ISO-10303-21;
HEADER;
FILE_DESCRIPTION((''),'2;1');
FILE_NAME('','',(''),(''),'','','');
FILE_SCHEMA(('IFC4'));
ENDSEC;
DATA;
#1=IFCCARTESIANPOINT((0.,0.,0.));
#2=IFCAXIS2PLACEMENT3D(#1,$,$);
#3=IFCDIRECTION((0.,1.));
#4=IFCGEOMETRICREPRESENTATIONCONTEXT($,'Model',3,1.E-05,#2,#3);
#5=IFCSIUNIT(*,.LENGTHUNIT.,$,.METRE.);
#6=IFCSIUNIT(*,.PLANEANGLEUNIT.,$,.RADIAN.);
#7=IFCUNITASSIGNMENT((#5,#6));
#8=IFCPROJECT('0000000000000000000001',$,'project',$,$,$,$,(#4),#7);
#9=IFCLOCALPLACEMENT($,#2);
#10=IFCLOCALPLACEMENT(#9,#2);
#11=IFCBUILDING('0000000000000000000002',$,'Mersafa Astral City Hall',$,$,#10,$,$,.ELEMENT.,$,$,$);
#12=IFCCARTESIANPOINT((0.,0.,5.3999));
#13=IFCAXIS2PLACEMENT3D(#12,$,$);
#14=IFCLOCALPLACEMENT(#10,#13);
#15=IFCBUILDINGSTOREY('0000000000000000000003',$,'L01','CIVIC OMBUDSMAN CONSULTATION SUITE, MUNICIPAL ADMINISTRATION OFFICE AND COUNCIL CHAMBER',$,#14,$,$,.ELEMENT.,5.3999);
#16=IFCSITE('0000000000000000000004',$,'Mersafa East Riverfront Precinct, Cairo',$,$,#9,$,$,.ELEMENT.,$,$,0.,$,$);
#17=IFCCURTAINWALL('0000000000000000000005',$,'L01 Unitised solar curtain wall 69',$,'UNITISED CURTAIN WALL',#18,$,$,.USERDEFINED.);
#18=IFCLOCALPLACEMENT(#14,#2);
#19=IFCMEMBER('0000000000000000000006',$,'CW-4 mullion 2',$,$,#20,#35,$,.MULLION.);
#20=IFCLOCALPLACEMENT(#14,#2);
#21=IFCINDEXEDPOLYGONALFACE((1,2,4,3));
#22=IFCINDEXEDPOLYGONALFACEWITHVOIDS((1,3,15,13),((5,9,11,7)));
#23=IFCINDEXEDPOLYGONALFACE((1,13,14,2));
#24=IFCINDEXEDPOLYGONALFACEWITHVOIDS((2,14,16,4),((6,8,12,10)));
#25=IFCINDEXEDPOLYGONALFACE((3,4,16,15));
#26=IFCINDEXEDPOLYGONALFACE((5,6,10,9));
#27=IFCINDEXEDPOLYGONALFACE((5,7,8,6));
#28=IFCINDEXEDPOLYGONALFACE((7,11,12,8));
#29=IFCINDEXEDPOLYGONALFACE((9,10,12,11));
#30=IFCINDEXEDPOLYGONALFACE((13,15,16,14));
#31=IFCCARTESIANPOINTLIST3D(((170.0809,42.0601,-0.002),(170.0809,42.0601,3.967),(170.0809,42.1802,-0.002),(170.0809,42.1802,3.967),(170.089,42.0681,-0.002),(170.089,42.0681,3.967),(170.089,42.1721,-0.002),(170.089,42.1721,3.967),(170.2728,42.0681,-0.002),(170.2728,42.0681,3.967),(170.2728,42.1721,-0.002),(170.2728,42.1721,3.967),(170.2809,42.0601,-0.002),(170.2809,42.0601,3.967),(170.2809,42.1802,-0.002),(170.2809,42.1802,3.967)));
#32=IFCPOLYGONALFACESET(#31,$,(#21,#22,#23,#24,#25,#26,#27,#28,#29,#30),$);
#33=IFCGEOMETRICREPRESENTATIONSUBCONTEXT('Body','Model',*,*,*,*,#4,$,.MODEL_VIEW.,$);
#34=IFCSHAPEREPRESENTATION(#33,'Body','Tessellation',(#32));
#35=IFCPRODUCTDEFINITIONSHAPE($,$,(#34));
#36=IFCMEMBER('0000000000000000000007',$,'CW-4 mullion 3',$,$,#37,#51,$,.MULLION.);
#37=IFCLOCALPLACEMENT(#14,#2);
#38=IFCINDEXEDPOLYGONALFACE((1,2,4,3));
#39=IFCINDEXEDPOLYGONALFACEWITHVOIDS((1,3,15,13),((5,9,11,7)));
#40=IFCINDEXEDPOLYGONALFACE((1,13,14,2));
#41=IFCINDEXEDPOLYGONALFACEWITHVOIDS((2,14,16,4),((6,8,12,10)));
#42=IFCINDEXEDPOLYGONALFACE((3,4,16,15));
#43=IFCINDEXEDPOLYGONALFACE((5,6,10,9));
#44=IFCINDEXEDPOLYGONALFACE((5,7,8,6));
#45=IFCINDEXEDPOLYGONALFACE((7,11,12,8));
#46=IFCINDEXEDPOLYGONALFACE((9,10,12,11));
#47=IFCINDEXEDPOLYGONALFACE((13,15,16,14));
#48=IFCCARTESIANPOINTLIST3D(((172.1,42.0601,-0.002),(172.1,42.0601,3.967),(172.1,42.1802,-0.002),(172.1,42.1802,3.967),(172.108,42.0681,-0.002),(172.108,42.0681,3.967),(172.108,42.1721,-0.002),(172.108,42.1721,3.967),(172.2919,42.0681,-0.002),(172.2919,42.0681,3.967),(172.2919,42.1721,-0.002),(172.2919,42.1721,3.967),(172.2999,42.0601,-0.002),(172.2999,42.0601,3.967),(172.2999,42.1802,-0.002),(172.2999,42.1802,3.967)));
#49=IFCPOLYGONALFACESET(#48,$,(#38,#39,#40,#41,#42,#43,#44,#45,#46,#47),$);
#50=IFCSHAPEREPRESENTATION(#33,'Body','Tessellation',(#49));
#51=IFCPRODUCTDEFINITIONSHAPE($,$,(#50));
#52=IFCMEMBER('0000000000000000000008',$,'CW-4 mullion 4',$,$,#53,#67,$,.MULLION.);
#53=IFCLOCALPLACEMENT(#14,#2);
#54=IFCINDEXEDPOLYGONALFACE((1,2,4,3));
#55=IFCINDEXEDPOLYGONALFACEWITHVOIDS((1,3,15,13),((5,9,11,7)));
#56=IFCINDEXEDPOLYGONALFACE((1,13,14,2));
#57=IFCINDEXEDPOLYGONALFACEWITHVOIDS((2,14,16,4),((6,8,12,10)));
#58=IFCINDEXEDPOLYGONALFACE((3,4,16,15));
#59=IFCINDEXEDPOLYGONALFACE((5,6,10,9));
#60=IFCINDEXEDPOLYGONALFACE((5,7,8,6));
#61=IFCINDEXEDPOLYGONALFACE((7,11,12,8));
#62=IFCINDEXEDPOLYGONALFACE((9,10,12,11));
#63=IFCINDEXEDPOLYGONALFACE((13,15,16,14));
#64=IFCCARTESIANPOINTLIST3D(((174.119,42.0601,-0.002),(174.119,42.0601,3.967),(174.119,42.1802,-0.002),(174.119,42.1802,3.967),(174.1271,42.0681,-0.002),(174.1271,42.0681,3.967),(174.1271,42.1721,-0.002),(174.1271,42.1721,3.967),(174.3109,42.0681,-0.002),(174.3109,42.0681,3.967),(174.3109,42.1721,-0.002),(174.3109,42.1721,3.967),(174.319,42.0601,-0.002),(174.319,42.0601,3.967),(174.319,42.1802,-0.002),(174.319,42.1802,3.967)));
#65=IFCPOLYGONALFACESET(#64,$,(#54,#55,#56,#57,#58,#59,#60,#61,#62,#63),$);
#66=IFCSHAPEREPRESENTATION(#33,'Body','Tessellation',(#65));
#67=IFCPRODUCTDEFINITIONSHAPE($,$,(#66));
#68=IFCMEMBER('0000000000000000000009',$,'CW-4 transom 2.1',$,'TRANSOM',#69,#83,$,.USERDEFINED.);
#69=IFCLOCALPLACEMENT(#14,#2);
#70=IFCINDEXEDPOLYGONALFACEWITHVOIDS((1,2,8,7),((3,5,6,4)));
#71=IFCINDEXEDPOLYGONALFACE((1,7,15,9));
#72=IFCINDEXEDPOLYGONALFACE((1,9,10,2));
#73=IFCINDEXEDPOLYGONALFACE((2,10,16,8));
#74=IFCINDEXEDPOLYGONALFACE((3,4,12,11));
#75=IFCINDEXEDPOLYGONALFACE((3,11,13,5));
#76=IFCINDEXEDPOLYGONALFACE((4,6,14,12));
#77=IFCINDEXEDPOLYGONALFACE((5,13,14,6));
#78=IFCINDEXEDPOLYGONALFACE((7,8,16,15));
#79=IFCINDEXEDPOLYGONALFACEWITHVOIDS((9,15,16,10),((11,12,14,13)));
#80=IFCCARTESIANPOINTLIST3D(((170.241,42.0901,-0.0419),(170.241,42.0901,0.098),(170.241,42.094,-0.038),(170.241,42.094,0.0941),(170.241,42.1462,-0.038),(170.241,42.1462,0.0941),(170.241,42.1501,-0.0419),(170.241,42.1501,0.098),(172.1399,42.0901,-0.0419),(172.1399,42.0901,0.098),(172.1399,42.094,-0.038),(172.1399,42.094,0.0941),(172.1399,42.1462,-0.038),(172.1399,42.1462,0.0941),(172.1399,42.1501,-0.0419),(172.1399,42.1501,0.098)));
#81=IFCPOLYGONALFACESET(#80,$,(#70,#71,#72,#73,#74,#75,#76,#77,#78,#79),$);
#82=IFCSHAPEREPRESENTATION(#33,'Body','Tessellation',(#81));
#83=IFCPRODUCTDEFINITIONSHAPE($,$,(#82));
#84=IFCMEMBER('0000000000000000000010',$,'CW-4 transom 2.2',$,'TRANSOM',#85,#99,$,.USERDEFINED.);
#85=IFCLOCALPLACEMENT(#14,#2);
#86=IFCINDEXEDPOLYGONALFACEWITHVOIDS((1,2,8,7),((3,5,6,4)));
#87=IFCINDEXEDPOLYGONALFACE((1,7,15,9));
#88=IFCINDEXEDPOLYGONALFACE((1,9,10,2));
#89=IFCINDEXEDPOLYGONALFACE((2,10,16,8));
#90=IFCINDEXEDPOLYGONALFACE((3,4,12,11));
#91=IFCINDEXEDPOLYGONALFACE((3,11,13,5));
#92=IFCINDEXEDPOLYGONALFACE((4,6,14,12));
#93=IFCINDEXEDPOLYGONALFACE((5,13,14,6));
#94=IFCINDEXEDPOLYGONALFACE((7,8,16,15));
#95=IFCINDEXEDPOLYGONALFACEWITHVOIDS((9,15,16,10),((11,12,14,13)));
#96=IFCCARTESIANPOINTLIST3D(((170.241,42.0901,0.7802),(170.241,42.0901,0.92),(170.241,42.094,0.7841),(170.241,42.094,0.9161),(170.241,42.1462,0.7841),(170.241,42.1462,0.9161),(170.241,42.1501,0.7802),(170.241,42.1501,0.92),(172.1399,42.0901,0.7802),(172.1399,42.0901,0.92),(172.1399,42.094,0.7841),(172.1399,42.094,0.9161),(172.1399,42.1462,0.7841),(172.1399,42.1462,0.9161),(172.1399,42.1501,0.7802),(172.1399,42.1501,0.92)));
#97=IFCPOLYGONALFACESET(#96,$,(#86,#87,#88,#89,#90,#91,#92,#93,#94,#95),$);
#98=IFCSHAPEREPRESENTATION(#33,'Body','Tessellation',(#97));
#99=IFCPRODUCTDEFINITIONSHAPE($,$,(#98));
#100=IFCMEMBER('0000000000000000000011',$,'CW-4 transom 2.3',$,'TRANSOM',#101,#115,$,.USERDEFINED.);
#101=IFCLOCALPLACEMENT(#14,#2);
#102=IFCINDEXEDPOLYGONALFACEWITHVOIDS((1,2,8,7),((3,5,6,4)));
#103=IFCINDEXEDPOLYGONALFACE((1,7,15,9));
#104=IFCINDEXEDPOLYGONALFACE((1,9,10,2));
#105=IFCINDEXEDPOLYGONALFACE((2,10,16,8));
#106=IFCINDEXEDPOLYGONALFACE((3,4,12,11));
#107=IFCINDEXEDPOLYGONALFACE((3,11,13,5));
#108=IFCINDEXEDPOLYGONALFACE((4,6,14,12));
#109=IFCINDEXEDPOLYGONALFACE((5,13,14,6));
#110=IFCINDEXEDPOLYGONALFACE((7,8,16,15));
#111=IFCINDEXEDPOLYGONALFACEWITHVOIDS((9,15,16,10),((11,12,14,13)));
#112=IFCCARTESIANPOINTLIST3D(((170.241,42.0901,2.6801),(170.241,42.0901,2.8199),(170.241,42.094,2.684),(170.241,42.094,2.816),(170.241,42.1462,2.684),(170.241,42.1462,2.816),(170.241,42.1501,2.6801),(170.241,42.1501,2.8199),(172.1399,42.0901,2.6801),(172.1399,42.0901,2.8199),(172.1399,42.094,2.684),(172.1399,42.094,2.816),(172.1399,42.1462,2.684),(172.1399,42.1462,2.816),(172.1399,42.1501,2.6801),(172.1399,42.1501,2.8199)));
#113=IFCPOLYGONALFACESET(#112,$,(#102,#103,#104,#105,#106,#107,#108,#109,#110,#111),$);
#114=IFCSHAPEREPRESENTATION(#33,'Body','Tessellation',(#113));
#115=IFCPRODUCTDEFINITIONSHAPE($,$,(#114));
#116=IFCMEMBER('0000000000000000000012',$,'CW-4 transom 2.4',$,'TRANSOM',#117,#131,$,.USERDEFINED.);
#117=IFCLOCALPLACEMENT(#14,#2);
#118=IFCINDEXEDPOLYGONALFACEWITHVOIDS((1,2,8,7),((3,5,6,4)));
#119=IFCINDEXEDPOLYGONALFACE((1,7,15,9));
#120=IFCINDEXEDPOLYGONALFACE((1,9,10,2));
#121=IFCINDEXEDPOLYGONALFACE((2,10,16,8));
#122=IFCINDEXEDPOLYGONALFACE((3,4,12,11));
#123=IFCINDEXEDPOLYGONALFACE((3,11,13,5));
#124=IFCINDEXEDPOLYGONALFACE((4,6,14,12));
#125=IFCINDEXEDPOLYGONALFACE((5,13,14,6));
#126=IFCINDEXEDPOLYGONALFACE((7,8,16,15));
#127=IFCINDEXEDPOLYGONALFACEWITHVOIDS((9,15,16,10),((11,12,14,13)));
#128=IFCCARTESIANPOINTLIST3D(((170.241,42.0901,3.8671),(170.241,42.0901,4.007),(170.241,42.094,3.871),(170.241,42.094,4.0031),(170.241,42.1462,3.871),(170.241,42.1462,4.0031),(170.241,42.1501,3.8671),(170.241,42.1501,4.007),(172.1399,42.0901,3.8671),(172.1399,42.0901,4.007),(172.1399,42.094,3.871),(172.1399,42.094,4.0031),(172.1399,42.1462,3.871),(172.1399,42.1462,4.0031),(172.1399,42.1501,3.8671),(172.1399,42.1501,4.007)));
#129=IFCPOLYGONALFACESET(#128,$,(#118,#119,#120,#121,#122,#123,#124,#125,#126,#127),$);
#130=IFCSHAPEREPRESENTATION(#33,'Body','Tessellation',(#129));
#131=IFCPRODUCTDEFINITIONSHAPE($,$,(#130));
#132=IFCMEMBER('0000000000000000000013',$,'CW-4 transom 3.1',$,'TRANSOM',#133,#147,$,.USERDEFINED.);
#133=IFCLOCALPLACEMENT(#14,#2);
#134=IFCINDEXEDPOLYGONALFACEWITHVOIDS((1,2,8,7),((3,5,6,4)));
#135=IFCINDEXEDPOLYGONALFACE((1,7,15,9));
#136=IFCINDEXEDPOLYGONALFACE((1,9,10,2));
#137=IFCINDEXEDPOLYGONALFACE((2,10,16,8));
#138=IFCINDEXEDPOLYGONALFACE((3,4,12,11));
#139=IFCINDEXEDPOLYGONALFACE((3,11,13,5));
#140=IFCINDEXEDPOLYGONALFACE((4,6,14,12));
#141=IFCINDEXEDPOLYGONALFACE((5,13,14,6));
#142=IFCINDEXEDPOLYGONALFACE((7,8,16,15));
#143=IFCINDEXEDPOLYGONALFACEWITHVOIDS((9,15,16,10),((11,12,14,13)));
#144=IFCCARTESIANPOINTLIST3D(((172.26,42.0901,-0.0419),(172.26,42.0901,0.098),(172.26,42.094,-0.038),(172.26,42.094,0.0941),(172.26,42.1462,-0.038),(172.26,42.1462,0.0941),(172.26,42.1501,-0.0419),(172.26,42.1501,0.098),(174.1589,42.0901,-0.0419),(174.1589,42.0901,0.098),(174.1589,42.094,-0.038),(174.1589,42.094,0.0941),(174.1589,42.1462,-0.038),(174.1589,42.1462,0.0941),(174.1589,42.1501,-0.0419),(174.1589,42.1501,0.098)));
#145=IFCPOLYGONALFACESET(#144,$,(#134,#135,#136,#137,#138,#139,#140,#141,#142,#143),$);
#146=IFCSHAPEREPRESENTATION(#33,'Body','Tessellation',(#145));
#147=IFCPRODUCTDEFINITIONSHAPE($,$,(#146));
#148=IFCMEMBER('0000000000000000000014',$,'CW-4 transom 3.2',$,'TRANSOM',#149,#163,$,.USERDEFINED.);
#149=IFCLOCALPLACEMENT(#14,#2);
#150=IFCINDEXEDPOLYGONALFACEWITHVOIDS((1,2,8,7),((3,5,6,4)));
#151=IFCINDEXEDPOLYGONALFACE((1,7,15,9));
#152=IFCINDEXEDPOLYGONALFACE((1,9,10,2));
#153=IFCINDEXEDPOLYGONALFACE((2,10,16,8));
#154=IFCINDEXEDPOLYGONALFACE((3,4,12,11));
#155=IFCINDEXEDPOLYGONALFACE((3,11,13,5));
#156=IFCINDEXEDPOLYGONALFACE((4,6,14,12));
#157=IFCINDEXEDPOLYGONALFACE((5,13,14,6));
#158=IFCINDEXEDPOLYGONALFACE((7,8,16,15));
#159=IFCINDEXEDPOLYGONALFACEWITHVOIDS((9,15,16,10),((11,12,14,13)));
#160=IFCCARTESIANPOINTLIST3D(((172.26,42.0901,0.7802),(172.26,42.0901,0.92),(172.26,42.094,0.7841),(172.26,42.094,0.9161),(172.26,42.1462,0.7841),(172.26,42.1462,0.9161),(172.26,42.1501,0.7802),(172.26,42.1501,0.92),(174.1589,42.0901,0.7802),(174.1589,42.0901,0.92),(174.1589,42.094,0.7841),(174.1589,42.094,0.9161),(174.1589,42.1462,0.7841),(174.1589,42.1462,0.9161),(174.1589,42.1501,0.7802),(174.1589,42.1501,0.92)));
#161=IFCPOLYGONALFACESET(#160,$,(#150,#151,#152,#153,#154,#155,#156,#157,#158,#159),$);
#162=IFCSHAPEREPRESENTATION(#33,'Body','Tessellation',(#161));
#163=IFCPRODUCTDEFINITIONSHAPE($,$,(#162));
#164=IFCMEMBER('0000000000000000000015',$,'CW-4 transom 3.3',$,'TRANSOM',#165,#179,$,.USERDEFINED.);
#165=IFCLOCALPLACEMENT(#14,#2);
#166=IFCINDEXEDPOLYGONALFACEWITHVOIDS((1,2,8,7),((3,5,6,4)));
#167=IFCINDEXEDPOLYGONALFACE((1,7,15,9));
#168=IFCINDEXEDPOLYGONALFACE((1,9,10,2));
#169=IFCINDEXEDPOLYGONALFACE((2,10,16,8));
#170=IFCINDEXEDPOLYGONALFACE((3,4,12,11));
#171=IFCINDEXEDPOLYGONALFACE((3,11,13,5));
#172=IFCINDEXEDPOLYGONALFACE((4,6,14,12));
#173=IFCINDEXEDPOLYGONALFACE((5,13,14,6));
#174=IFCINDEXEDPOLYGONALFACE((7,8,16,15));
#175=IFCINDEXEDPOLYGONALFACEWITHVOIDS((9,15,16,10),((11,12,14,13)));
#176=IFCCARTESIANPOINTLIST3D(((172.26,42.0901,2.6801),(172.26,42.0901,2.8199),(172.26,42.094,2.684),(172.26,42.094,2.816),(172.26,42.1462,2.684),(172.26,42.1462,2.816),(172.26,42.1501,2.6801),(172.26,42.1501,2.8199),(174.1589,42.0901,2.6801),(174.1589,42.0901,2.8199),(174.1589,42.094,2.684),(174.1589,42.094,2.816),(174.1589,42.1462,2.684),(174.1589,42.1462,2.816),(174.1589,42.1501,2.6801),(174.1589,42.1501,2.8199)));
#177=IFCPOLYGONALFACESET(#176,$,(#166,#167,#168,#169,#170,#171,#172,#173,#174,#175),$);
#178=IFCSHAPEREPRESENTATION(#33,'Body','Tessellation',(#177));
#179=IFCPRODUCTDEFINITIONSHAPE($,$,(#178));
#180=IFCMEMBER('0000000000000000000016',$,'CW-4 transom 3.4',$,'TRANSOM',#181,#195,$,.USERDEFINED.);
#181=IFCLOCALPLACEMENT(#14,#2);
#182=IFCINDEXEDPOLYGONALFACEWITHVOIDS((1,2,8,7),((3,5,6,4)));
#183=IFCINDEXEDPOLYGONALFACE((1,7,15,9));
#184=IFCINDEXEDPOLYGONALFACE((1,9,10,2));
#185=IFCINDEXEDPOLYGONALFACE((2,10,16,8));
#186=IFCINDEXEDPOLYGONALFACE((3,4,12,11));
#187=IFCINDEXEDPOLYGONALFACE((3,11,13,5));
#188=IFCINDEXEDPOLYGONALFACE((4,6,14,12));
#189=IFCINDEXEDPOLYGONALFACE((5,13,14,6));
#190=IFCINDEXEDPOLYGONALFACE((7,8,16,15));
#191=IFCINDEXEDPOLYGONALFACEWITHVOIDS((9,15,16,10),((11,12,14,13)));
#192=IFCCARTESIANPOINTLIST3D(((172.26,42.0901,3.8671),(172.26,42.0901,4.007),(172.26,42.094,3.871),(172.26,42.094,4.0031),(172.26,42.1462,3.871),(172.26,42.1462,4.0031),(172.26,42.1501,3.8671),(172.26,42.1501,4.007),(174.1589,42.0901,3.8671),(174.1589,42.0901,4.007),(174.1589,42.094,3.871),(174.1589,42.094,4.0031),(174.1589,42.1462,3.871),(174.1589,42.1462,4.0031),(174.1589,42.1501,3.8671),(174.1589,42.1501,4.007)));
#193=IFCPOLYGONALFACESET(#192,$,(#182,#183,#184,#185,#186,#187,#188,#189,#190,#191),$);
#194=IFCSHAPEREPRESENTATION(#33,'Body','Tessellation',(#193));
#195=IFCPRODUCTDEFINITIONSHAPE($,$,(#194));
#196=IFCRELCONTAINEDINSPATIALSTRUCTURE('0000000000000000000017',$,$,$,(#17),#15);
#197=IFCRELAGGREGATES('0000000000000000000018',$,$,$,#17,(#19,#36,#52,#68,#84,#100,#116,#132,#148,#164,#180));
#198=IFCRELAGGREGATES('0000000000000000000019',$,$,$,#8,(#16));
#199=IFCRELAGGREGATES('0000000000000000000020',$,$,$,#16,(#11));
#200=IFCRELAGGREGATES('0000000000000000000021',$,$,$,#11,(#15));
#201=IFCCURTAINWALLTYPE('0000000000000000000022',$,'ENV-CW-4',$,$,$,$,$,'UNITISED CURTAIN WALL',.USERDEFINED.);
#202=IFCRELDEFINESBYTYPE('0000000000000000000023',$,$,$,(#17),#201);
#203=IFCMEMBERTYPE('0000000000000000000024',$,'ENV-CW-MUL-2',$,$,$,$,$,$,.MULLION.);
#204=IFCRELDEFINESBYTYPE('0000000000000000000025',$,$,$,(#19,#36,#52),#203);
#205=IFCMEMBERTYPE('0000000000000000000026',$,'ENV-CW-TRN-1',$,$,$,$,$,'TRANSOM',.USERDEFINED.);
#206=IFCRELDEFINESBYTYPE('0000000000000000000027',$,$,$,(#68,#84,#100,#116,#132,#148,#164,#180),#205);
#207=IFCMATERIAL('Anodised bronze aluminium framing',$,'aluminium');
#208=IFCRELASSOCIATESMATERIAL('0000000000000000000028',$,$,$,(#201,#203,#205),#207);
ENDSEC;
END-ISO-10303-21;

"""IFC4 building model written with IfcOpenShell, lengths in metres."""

from ifc_helpers import new_model, si_unit, direction, frame, origin, origin_2d, place, context, subcontext, project, spatial, hollow_rectangle, extrude, material, material_profile, profile_set, type_object, element, aggregate, save


model = new_model("IFC4")

# Units and contexts
model_context = context("Model", 3, precision=1e-05, world=origin(), true_north=direction((0.0, 1.0)))
body_context = subcontext(model_context, "Body", "Model", "MODEL_VIEW")
ifc_project = project(units=[si_unit("LENGTHUNIT", "METRE"), si_unit("PLANEANGLEUNIT", "RADIAN")], contexts=[model_context])

# Site, building, storey
site_placement = place(None, origin())
site = spatial("IfcSite", under=ifc_project, at=site_placement, Name="Mersafa East Riverfront Precinct, Cairo", CompositionType="ELEMENT", RefElevation=0.0)
building_placement = place(site_placement, origin())
building = spatial("IfcBuilding", under=site, at=building_placement, Name="Mersafa Astral City Hall", CompositionType="ELEMENT")
storey_placement = place(building_placement, frame((0.0, 0.0, 5.3999)))
storey = spatial("IfcBuildingStorey", under=building, at=storey_placement, Name="L01", Description="CIVIC OMBUDSMAN CONSULTATION SUITE, MUNICIPAL ADMINISTRATION OFFICE AND COUNCIL CHAMBER", CompositionType="ELEMENT", Elevation=5.3999)

# Curtain wall, members
ifc_material_1 = material(Name="Anodised bronze aluminium framing", Category="aluminium")
curtain_wall_type = type_object("IfcCurtainWallType", Name="ENV-CW-4", ElementType="UNITISED CURTAIN WALL", PredefinedType="USERDEFINED", material=ifc_material_1)
curtain_wall_placement = place(storey_placement, origin())
curtain_wall = element("IfcCurtainWall", 1, at=curtain_wall_placement, inside=storey, type_object=curtain_wall_type, Name="L01 Unitised solar curtain wall 69", ObjectType="UNITISED CURTAIN WALL", PredefinedType="USERDEFINED")
ifc_material_profile_1 = material_profile(ifc_material_1, hollow_rectangle(XDim=0.1201, YDim=0.2, WallThickness=0.0081, at=origin_2d()), Name="RHS 120x200x8")
ifc_profile_set_1 = profile_set([ifc_material_profile_1], Name="Anodised bronze aluminium framing")
member_type_1 = type_object("IfcMemberType", Name="ENV-CW-MUL-2", PredefinedType="MULLION", material=ifc_profile_set_1)
member_1_placement = place(storey_placement, frame((170.1809, 42.1201, -0.002), z_axis=(0.0, 0.0, 1.0), x_axis=(0.0, 1.0, 0.0)))
member_1 = element("IfcMember", 2, at=member_1_placement, type_object=member_type_1, Name="CW-4 mullion 2", PredefinedType="MULLION", context=body_context, shape_type="SweptSolid", body=[
    extrude(hollow_rectangle(XDim=0.1201, YDim=0.2, WallThickness=0.0081, at=origin_2d()), origin(), (0.0, 0.0, 1.0), 3.969),
])
member_2_placement = place(storey_placement, frame((172.2, 42.1201, -0.002), z_axis=(0.0, 0.0, 1.0), x_axis=(0.0, 1.0, 0.0)))
member_2 = element("IfcMember", 3, at=member_2_placement, type_object=member_type_1, Name="CW-4 mullion 3", PredefinedType="MULLION", context=body_context, shape_type="SweptSolid", body=[
    extrude(hollow_rectangle(XDim=0.1201, YDim=0.2, WallThickness=0.0081, at=origin_2d()), origin(), (0.0, 0.0, 1.0), 3.969),
])
member_3_placement = place(storey_placement, frame((174.219, 42.1201, -0.002), z_axis=(0.0, 0.0, 1.0), x_axis=(0.0, 1.0, 0.0)))
member_3 = element("IfcMember", 4, at=member_3_placement, type_object=member_type_1, Name="CW-4 mullion 4", PredefinedType="MULLION", context=body_context, shape_type="SweptSolid", body=[
    extrude(hollow_rectangle(XDim=0.1201, YDim=0.2, WallThickness=0.0081, at=origin_2d()), origin(), (0.0, 0.0, 1.0), 3.969),
])
ifc_material_profile_2 = material_profile(ifc_material_1, hollow_rectangle(XDim=0.0601, YDim=0.1399, WallThickness=0.0039, at=origin_2d()), Name="RHS 60x140x4")
ifc_profile_set_2 = profile_set([ifc_material_profile_2], Name="Anodised bronze aluminium framing")
member_type_2 = type_object("IfcMemberType", Name="ENV-CW-TRN-1", ElementType="TRANSOM", PredefinedType="USERDEFINED", material=ifc_profile_set_2)
member_4_placement = place(storey_placement, frame((170.241, 42.1201, 0.0281), z_axis=(1.0, 0.0, 0.0), x_axis=(0.0, 1.0, 0.0)))
member_4 = element("IfcMember", 5, at=member_4_placement, type_object=member_type_2, Name="CW-4 transom 2.1", ObjectType="TRANSOM", PredefinedType="USERDEFINED", context=body_context, shape_type="SweptSolid", body=[
    extrude(hollow_rectangle(XDim=0.0601, YDim=0.1399, WallThickness=0.0039, at=origin_2d()), origin(), (0.0, 0.0, 1.0), 1.8989),
])
member_5_placement = place(storey_placement, frame((170.241, 42.1201, 0.8501), z_axis=(1.0, 0.0, 0.0), x_axis=(0.0, 1.0, 0.0)))
member_5 = element("IfcMember", 6, at=member_5_placement, type_object=member_type_2, Name="CW-4 transom 2.2", ObjectType="TRANSOM", PredefinedType="USERDEFINED", context=body_context, shape_type="SweptSolid", body=[
    extrude(hollow_rectangle(XDim=0.0601, YDim=0.1399, WallThickness=0.0039, at=origin_2d()), origin(), (0.0, 0.0, 1.0), 1.8989),
])
member_6_placement = place(storey_placement, frame((170.241, 42.1201, 2.75), z_axis=(1.0, 0.0, 0.0), x_axis=(0.0, 1.0, 0.0)))
member_6 = element("IfcMember", 7, at=member_6_placement, type_object=member_type_2, Name="CW-4 transom 2.3", ObjectType="TRANSOM", PredefinedType="USERDEFINED", context=body_context, shape_type="SweptSolid", body=[
    extrude(hollow_rectangle(XDim=0.0601, YDim=0.1399, WallThickness=0.0039, at=origin_2d()), origin(), (0.0, 0.0, 1.0), 1.8989),
])
member_7_placement = place(storey_placement, frame((170.241, 42.1201, 3.937), z_axis=(1.0, 0.0, 0.0), x_axis=(0.0, 1.0, 0.0)))
member_7 = element("IfcMember", 8, at=member_7_placement, type_object=member_type_2, Name="CW-4 transom 2.4", ObjectType="TRANSOM", PredefinedType="USERDEFINED", context=body_context, shape_type="SweptSolid", body=[
    extrude(hollow_rectangle(XDim=0.0601, YDim=0.1399, WallThickness=0.0039, at=origin_2d()), origin(), (0.0, 0.0, 1.0), 1.8989),
])
member_8_placement = place(storey_placement, frame((172.26, 42.1201, 0.0281), z_axis=(1.0, 0.0, 0.0), x_axis=(0.0, 1.0, 0.0)))
member_8 = element("IfcMember", 9, at=member_8_placement, type_object=member_type_2, Name="CW-4 transom 3.1", ObjectType="TRANSOM", PredefinedType="USERDEFINED", context=body_context, shape_type="SweptSolid", body=[
    extrude(hollow_rectangle(XDim=0.0601, YDim=0.1399, WallThickness=0.0039, at=origin_2d()), origin(), (0.0, 0.0, 1.0), 1.8989),
])
member_9_placement = place(storey_placement, frame((172.26, 42.1201, 0.8501), z_axis=(1.0, 0.0, 0.0), x_axis=(0.0, 1.0, 0.0)))
member_9 = element("IfcMember", 10, at=member_9_placement, type_object=member_type_2, Name="CW-4 transom 3.2", ObjectType="TRANSOM", PredefinedType="USERDEFINED", context=body_context, shape_type="SweptSolid", body=[
    extrude(hollow_rectangle(XDim=0.0601, YDim=0.1399, WallThickness=0.0039, at=origin_2d()), origin(), (0.0, 0.0, 1.0), 1.8989),
])
member_10_placement = place(storey_placement, frame((172.26, 42.1201, 2.75), z_axis=(1.0, 0.0, 0.0), x_axis=(0.0, 1.0, 0.0)))
member_10 = element("IfcMember", 11, at=member_10_placement, type_object=member_type_2, Name="CW-4 transom 3.3", ObjectType="TRANSOM", PredefinedType="USERDEFINED", context=body_context, shape_type="SweptSolid", body=[
    extrude(hollow_rectangle(XDim=0.0601, YDim=0.1399, WallThickness=0.0039, at=origin_2d()), origin(), (0.0, 0.0, 1.0), 1.8989),
])
member_11_placement = place(storey_placement, frame((172.26, 42.1201, 3.937), z_axis=(1.0, 0.0, 0.0), x_axis=(0.0, 1.0, 0.0)))
member_11 = element("IfcMember", 12, at=member_11_placement, type_object=member_type_2, Name="CW-4 transom 3.4", ObjectType="TRANSOM", PredefinedType="USERDEFINED", context=body_context, shape_type="SweptSolid", body=[
    extrude(hollow_rectangle(XDim=0.0601, YDim=0.1399, WallThickness=0.0039, at=origin_2d()), origin(), (0.0, 0.0, 1.0), 1.8989),
])

aggregate(curtain_wall, [member_1, member_2, member_3, member_4, member_5, member_6, member_7, member_8, member_9, member_10, member_11])

save(model, "model.ifc")
